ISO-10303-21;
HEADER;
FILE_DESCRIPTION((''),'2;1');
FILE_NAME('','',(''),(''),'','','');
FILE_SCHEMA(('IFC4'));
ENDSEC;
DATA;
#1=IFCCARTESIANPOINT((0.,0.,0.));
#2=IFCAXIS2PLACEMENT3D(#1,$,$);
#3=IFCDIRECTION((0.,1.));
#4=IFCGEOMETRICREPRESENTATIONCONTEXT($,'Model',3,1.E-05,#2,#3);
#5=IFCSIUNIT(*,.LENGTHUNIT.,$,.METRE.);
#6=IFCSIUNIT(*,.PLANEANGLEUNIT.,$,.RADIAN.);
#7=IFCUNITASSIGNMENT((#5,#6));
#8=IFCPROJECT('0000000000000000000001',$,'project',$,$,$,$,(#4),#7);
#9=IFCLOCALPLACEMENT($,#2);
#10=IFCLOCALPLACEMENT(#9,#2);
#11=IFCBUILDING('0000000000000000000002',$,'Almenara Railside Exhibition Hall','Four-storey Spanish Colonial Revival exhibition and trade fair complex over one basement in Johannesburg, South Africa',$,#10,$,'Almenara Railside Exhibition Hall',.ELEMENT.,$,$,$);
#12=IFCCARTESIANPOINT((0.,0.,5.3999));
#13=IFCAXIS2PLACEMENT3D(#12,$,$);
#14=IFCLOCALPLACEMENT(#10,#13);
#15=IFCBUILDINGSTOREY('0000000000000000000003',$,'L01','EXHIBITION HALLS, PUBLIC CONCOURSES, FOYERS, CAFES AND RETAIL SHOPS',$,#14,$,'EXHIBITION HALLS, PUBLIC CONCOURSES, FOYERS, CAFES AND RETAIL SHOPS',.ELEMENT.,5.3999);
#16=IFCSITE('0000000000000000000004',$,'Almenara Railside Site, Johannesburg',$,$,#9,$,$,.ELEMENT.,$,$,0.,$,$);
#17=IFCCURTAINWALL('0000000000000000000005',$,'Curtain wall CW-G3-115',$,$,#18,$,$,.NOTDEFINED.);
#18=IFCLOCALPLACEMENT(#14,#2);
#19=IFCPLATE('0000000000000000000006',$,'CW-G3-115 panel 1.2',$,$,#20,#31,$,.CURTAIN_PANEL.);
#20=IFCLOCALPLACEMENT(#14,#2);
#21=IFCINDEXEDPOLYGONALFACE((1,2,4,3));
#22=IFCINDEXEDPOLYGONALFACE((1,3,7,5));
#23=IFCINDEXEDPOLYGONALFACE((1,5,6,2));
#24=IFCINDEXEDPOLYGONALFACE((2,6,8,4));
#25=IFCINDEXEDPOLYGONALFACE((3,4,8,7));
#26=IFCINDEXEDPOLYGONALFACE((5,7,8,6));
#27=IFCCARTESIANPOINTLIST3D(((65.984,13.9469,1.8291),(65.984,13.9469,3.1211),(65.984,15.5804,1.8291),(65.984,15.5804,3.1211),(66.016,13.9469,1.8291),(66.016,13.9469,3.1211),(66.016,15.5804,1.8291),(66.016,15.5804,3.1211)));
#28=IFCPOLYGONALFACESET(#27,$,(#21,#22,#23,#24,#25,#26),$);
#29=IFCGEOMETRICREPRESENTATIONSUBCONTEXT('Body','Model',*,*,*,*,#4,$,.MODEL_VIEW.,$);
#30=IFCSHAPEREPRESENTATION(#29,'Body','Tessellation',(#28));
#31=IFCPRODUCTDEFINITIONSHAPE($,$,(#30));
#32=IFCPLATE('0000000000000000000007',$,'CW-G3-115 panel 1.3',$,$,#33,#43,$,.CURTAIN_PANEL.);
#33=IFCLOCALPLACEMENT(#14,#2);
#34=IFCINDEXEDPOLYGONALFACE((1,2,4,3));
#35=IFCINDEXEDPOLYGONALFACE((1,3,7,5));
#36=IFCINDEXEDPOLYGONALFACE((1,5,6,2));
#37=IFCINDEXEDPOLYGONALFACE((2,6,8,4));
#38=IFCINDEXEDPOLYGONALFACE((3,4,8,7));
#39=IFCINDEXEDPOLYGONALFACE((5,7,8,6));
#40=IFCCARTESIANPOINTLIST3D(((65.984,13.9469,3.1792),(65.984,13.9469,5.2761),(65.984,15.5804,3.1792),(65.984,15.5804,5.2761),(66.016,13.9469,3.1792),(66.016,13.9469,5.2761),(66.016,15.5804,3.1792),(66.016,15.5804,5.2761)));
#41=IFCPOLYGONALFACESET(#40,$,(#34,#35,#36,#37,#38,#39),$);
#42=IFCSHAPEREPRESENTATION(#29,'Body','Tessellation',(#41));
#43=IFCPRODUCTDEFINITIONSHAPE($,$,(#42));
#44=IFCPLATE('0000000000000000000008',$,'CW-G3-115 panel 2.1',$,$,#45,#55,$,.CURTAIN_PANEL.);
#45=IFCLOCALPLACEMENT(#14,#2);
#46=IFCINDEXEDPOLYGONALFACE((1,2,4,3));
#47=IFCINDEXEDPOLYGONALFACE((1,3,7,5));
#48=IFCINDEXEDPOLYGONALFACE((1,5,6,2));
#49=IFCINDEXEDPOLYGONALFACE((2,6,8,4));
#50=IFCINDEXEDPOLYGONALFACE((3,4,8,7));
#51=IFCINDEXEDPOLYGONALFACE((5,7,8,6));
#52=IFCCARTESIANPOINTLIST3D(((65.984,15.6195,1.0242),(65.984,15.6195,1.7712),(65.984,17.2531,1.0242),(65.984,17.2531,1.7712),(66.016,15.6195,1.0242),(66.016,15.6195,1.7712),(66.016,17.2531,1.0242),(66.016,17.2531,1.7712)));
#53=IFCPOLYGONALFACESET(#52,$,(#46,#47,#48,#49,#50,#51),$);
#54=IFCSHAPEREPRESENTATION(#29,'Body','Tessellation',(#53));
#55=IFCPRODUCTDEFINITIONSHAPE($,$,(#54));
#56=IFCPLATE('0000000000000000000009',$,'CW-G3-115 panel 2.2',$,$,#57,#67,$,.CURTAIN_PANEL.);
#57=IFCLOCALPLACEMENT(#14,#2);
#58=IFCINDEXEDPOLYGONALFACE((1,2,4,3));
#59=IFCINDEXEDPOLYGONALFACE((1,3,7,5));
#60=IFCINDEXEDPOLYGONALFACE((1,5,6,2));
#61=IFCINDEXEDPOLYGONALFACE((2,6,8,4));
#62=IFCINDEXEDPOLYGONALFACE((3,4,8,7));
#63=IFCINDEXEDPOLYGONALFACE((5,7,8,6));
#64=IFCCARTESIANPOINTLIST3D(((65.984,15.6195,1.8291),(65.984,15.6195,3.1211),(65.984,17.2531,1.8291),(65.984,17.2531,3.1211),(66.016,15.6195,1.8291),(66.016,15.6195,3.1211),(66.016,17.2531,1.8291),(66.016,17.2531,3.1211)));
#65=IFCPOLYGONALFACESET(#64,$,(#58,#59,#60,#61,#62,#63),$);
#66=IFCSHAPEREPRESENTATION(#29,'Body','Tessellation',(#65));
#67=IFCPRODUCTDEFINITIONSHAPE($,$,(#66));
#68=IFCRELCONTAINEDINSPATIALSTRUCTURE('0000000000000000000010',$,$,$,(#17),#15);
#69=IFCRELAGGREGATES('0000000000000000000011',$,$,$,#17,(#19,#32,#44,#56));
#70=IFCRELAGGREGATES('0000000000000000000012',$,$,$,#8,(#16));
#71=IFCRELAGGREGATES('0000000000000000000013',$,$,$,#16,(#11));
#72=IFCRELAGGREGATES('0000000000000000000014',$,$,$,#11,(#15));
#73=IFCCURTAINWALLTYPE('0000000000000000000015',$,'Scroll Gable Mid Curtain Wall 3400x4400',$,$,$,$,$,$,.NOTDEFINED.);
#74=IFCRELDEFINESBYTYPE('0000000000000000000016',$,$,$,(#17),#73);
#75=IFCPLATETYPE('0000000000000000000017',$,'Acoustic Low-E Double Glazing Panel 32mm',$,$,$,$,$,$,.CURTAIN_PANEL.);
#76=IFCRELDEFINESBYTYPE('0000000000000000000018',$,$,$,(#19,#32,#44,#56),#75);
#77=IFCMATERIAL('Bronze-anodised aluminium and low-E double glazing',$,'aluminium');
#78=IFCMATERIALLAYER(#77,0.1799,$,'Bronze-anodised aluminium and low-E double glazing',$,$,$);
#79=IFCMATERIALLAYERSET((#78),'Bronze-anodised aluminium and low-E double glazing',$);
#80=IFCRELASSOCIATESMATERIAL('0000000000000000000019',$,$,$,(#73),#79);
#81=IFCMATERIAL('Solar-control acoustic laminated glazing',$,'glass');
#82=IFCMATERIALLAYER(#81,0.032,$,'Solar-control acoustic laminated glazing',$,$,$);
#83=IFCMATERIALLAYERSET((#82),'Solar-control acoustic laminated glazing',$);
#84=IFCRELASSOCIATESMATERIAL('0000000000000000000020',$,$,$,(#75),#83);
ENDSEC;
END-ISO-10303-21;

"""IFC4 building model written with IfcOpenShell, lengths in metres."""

from ifc_helpers import new_model, si_unit, direction, frame, origin, origin_2d, place, context, subcontext, project, spatial, rectangle, extrude, material, layer, layer_set, type_object, element, aggregate, save


model = new_model("IFC4")

# Units and contexts
model_context = context("Model", 3, precision=1e-05, world=origin(), true_north=direction((0.0, 1.0)))
body_context = subcontext(model_context, "Body", "Model", "MODEL_VIEW")
ifc_project = project(units=[si_unit("LENGTHUNIT", "METRE"), si_unit("PLANEANGLEUNIT", "RADIAN")], contexts=[model_context])

# Site, building, storey
site_placement = place(None, origin())
site = spatial("IfcSite", under=ifc_project, at=site_placement, Name="Almenara Railside Site, Johannesburg", CompositionType="ELEMENT", RefElevation=0.0)
building_placement = place(site_placement, origin())
building = spatial("IfcBuilding", under=site, at=building_placement, Name="Almenara Railside Exhibition Hall", Description="Four-storey Spanish Colonial Revival exhibition and trade fair complex over one basement in Johannesburg, South Africa", LongName="Almenara Railside Exhibition Hall", CompositionType="ELEMENT")
storey_placement = place(building_placement, frame((0.0, 0.0, 5.3999)))
storey = spatial("IfcBuildingStorey", under=building, at=storey_placement, Name="L01", Description="EXHIBITION HALLS, PUBLIC CONCOURSES, FOYERS, CAFES AND RETAIL SHOPS", LongName="EXHIBITION HALLS, PUBLIC CONCOURSES, FOYERS, CAFES AND RETAIL SHOPS", CompositionType="ELEMENT", Elevation=5.3999)

# Curtain wall
ifc_material_1 = material(Name="Bronze-anodised aluminium and low-E double glazing", Category="aluminium")
ifc_layer_1 = layer(ifc_material_1, 0.1799, Name="Bronze-anodised aluminium and low-E double glazing")
ifc_layer_set_1 = layer_set([ifc_layer_1], Name="Bronze-anodised aluminium and low-E double glazing")
curtain_wall_type_1 = type_object("IfcCurtainWallType", Name="Scroll Gable Mid Curtain Wall 3400x4400", PredefinedType="NOTDEFINED", material=ifc_layer_set_1)
curtain_wall_1_placement = place(storey_placement, origin())
curtain_wall_1 = element("IfcCurtainWall", 1, at=curtain_wall_1_placement, inside=storey, type_object=curtain_wall_type_1, Name="Curtain wall CW-G3-115", PredefinedType="NOTDEFINED")

# Plates
ifc_material_2 = material(Name="Solar-control acoustic laminated glazing", Category="glass")
ifc_layer_2 = layer(ifc_material_2, 0.032, Name="Solar-control acoustic laminated glazing")
ifc_layer_set_2 = layer_set([ifc_layer_2], Name="Solar-control acoustic laminated glazing")
plate_type = type_object("IfcPlateType", Name="Acoustic Low-E Double Glazing Panel 32mm", PredefinedType="CURTAIN_PANEL", material=ifc_layer_set_2)
plate_1_placement = place(storey_placement, frame((66.0, 14.7637, 1.8291), z_axis=(0.0, 0.0, 1.0), x_axis=(0.0, 1.0, 0.0)))
plate_1 = element("IfcPlate", 2, at=plate_1_placement, type_object=plate_type, Name="CW-G3-115 panel 1.2", PredefinedType="CURTAIN_PANEL", context=body_context, shape_type="SweptSolid", body=[
    extrude(rectangle(XDim=1.6335, YDim=0.032, at=origin_2d()), origin(), (0.0, 0.0, 1.0), 1.292),
])
plate_2_placement = place(storey_placement, frame((66.0, 14.7637, 3.1792), z_axis=(0.0, 0.0, 1.0), x_axis=(0.0, 1.0, 0.0)))
plate_2 = element("IfcPlate", 3, at=plate_2_placement, type_object=plate_type, Name="CW-G3-115 panel 1.3", PredefinedType="CURTAIN_PANEL", context=body_context, shape_type="SweptSolid", body=[
    extrude(rectangle(XDim=1.6335, YDim=0.032, at=origin_2d()), origin(), (0.0, 0.0, 1.0), 2.0969),
])
plate_3_placement = place(storey_placement, frame((66.0, 16.4363, 1.0242), z_axis=(0.0, 0.0, 1.0), x_axis=(0.0, 1.0, 0.0)))
plate_3 = element("IfcPlate", 4, at=plate_3_placement, type_object=plate_type, Name="CW-G3-115 panel 2.1", PredefinedType="CURTAIN_PANEL", context=body_context, shape_type="SweptSolid", body=[
    extrude(rectangle(XDim=1.6335, YDim=0.032, at=origin_2d()), origin(), (0.0, 0.0, 1.0), 0.7471),
])
plate_4_placement = place(storey_placement, frame((66.0, 16.4363, 1.8291), z_axis=(0.0, 0.0, 1.0), x_axis=(0.0, 1.0, 0.0)))
plate_4 = element("IfcPlate", 5, at=plate_4_placement, type_object=plate_type, Name="CW-G3-115 panel 2.2", PredefinedType="CURTAIN_PANEL", context=body_context, shape_type="SweptSolid", body=[
    extrude(rectangle(XDim=1.6335, YDim=0.032, at=origin_2d()), origin(), (0.0, 0.0, 1.0), 1.292),
])
aggregate(curtain_wall_1, [plate_1, plate_2, plate_3, plate_4])

save(model, "model.ifc")
